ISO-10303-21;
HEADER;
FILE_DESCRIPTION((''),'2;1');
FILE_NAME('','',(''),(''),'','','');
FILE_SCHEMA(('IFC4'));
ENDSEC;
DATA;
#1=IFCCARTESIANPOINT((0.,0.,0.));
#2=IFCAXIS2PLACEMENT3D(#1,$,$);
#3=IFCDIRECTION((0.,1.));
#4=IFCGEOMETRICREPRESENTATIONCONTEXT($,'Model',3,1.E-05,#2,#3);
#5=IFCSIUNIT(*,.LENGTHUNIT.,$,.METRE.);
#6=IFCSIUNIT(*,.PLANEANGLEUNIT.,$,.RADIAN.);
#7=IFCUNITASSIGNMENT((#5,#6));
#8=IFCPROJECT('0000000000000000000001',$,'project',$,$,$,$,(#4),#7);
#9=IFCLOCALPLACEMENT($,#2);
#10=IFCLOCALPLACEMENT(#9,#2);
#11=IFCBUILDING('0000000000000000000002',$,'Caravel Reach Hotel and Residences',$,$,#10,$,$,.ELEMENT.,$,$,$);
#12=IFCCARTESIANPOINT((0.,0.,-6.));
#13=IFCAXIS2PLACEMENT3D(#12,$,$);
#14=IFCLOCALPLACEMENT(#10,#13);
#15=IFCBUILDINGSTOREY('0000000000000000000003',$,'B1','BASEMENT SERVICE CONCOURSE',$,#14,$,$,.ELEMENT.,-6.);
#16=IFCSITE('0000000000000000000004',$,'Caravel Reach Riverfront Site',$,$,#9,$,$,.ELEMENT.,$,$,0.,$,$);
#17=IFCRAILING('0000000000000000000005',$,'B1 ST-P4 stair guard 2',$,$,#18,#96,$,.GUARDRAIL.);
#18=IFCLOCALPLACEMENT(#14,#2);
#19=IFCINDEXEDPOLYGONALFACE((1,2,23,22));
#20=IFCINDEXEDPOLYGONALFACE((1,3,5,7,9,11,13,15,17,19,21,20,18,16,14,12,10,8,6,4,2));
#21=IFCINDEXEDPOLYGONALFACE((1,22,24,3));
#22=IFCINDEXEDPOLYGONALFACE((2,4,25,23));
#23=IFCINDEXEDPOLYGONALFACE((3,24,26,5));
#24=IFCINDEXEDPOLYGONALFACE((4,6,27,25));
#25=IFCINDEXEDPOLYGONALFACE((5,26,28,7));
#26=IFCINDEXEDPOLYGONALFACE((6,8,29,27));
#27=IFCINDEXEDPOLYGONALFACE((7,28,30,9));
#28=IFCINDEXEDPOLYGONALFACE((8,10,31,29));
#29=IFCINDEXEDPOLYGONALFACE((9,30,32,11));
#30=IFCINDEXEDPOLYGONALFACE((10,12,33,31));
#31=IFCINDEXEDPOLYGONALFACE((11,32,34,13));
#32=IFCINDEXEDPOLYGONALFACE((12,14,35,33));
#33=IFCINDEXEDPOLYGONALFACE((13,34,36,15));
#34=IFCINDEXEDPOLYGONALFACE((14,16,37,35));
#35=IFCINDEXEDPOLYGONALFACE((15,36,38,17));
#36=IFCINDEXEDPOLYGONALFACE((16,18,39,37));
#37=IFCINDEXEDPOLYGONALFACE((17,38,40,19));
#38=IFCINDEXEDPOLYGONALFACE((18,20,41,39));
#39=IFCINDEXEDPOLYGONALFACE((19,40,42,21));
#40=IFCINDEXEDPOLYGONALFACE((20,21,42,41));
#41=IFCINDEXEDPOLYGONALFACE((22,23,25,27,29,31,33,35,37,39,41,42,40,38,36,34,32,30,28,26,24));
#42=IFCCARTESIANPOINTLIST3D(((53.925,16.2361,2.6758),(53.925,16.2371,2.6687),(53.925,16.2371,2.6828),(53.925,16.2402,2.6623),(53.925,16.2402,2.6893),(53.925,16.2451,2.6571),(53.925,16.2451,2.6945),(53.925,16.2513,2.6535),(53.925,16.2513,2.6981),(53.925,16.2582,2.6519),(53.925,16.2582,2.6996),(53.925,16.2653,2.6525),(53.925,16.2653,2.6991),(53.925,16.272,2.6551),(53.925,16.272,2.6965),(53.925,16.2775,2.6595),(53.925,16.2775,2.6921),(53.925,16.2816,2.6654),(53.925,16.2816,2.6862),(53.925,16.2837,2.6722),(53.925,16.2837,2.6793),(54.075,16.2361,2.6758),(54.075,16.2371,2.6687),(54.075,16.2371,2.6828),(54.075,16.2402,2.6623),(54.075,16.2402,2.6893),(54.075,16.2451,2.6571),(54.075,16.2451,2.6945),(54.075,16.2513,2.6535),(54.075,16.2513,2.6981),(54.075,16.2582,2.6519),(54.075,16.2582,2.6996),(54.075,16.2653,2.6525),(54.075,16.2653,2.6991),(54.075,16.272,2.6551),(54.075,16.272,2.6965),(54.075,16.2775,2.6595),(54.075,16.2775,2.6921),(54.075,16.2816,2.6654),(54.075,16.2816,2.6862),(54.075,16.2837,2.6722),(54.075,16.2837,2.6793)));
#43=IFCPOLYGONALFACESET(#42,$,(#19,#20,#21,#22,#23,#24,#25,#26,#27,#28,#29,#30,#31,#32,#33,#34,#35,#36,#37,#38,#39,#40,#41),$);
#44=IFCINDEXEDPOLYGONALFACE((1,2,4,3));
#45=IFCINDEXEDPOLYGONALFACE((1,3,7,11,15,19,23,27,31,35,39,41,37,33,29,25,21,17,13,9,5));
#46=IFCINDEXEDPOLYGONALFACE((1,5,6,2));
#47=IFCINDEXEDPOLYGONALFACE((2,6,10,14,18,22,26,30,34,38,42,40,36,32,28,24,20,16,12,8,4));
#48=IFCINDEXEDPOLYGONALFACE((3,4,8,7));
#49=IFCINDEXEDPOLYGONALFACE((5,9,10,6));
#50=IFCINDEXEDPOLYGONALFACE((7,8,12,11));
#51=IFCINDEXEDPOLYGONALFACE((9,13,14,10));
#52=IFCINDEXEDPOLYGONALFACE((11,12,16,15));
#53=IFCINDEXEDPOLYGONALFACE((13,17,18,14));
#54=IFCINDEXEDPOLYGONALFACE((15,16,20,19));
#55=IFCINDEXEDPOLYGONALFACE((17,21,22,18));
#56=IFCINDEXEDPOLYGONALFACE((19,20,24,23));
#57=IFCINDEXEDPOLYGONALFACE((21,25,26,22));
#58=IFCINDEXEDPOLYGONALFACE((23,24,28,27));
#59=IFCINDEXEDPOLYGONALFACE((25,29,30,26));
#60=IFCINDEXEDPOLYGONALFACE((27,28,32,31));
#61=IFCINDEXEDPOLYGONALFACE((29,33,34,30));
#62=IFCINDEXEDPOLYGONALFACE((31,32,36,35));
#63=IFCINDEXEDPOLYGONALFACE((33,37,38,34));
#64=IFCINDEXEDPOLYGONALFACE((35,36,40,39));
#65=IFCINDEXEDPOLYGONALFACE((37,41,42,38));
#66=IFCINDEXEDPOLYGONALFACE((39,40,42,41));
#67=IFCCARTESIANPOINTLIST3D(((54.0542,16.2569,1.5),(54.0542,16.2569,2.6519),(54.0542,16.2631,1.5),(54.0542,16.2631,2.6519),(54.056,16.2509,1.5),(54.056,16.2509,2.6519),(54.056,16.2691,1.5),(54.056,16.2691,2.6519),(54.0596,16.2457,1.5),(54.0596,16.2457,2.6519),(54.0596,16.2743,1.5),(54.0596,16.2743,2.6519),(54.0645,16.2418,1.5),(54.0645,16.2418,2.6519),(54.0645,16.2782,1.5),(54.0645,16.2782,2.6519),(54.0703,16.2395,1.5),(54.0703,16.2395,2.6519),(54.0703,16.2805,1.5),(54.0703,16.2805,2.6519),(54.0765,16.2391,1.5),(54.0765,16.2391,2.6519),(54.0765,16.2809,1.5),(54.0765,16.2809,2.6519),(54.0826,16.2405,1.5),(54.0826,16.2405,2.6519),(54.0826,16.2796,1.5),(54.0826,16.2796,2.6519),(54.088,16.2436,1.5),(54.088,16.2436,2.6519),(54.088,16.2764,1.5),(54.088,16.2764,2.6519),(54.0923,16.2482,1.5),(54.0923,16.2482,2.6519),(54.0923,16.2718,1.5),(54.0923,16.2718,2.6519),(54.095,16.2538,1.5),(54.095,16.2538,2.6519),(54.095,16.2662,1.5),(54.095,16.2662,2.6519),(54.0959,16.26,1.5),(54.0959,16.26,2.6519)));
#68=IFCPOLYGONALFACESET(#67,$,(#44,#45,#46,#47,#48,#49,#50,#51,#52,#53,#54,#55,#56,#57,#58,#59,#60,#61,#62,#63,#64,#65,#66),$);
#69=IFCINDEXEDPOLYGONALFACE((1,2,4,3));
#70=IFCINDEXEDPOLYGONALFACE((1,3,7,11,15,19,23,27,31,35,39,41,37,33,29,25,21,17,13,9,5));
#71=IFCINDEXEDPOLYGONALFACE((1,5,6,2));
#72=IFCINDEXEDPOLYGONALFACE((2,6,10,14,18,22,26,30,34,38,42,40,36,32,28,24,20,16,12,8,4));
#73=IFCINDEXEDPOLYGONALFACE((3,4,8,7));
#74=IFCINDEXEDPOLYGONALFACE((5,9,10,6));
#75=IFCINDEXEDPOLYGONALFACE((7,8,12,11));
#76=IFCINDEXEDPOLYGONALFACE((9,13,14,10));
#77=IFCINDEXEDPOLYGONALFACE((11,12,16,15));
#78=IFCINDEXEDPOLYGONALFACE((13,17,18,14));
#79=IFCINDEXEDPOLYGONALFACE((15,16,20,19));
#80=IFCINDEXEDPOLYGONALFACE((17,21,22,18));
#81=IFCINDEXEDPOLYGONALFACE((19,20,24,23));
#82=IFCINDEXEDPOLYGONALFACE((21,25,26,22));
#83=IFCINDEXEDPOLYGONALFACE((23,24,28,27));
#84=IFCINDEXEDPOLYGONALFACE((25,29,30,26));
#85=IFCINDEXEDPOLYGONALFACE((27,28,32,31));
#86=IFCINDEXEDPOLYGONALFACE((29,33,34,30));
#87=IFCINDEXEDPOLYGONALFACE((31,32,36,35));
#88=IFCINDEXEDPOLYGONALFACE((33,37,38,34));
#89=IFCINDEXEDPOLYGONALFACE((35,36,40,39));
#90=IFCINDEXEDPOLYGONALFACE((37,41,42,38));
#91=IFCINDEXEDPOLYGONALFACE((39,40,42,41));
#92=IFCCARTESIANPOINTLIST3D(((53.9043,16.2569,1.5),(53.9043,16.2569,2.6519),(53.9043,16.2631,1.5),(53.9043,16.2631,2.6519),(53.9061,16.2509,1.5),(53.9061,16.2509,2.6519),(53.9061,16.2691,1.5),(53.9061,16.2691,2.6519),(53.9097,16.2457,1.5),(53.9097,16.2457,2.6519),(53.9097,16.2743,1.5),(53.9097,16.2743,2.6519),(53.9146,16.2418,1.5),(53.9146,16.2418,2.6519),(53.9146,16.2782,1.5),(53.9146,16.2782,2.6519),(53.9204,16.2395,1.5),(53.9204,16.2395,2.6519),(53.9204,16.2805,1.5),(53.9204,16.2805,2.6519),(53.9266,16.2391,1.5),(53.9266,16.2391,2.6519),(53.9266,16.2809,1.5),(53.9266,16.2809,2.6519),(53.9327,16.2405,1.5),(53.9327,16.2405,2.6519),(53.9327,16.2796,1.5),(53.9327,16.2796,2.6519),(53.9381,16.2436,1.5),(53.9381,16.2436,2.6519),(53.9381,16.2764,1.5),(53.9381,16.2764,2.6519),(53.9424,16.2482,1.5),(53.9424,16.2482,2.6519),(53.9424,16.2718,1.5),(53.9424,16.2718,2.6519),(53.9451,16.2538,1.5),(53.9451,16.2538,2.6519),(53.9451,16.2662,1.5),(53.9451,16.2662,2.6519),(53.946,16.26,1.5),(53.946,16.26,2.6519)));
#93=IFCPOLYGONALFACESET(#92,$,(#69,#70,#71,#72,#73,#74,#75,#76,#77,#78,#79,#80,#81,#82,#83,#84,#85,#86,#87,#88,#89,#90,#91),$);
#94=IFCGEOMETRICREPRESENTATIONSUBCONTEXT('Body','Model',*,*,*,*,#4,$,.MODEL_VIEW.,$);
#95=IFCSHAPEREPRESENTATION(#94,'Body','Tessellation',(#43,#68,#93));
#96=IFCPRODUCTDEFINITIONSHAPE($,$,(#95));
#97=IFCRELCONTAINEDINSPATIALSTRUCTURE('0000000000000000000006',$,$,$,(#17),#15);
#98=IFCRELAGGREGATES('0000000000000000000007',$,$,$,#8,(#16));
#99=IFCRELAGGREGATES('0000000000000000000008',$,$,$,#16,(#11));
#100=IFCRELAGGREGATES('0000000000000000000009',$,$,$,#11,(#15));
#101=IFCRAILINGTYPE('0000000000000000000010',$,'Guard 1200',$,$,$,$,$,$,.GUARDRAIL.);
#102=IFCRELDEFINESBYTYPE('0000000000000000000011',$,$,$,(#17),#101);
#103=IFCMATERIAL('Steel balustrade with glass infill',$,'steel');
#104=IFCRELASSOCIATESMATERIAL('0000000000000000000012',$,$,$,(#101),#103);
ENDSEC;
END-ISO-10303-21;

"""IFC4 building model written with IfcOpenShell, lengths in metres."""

from ifc_helpers import new_model, si_unit, direction, frame, origin, origin_2d, place, context, subcontext, project, spatial, circle, extrude, material, type_object, element, save


model = new_model("IFC4")

# Units and contexts
model_context = context("Model", 3, precision=1e-05, world=origin(), true_north=direction((0.0, 1.0)))
body_context = subcontext(model_context, "Body", "Model", "MODEL_VIEW")
ifc_project = project(units=[si_unit("LENGTHUNIT", "METRE"), si_unit("PLANEANGLEUNIT", "RADIAN")], contexts=[model_context])

# Site, building, storey
site_placement = place(None, origin())
site = spatial("IfcSite", under=ifc_project, at=site_placement, Name="Caravel Reach Riverfront Site", CompositionType="ELEMENT", RefElevation=0.0)
building_placement = place(site_placement, origin())
building = spatial("IfcBuilding", under=site, at=building_placement, Name="Caravel Reach Hotel and Residences", CompositionType="ELEMENT")
storey_placement = place(building_placement, frame((0.0, 0.0, -6.0)))
storey = spatial("IfcBuildingStorey", under=building, at=storey_placement, Name="B1", Description="BASEMENT SERVICE CONCOURSE", CompositionType="ELEMENT", Elevation=-6.0)

# Railing
ifc_material_1 = material(Name="Steel balustrade with glass infill", Category="steel")
railing_type_1 = type_object("IfcRailingType", Name="Guard 1200", PredefinedType="GUARDRAIL", material=ifc_material_1)
railing_1_placement = place(storey_placement, frame((54.075, 16.26, 1.5)))
element("IfcRailing", 1, at=railing_1_placement, inside=storey, type_object=railing_type_1, Name="B1 ST-P4 stair guard 2", PredefinedType="GUARDRAIL", context=body_context, shape_type="SweptSolid", body=[
    extrude(circle(Radius=0.0239, at=origin_2d()), frame((0.0, 0.0, 1.1758), z_axis=(-1.0, 0.0, 0.0), x_axis=(0.0, -1.0, 0.0)), (0.0, 0.0, 1.0), 0.1499),
    extrude(circle(Radius=0.021, at=origin_2d()), origin(), (0.0, 0.0, 1.0), 1.1519),
    extrude(circle(Radius=0.021, at=origin_2d()), frame((-0.1499, 0.0, 0.0)), (0.0, 0.0, 1.0), 1.1519),
])

save(model, "model.ifc")
